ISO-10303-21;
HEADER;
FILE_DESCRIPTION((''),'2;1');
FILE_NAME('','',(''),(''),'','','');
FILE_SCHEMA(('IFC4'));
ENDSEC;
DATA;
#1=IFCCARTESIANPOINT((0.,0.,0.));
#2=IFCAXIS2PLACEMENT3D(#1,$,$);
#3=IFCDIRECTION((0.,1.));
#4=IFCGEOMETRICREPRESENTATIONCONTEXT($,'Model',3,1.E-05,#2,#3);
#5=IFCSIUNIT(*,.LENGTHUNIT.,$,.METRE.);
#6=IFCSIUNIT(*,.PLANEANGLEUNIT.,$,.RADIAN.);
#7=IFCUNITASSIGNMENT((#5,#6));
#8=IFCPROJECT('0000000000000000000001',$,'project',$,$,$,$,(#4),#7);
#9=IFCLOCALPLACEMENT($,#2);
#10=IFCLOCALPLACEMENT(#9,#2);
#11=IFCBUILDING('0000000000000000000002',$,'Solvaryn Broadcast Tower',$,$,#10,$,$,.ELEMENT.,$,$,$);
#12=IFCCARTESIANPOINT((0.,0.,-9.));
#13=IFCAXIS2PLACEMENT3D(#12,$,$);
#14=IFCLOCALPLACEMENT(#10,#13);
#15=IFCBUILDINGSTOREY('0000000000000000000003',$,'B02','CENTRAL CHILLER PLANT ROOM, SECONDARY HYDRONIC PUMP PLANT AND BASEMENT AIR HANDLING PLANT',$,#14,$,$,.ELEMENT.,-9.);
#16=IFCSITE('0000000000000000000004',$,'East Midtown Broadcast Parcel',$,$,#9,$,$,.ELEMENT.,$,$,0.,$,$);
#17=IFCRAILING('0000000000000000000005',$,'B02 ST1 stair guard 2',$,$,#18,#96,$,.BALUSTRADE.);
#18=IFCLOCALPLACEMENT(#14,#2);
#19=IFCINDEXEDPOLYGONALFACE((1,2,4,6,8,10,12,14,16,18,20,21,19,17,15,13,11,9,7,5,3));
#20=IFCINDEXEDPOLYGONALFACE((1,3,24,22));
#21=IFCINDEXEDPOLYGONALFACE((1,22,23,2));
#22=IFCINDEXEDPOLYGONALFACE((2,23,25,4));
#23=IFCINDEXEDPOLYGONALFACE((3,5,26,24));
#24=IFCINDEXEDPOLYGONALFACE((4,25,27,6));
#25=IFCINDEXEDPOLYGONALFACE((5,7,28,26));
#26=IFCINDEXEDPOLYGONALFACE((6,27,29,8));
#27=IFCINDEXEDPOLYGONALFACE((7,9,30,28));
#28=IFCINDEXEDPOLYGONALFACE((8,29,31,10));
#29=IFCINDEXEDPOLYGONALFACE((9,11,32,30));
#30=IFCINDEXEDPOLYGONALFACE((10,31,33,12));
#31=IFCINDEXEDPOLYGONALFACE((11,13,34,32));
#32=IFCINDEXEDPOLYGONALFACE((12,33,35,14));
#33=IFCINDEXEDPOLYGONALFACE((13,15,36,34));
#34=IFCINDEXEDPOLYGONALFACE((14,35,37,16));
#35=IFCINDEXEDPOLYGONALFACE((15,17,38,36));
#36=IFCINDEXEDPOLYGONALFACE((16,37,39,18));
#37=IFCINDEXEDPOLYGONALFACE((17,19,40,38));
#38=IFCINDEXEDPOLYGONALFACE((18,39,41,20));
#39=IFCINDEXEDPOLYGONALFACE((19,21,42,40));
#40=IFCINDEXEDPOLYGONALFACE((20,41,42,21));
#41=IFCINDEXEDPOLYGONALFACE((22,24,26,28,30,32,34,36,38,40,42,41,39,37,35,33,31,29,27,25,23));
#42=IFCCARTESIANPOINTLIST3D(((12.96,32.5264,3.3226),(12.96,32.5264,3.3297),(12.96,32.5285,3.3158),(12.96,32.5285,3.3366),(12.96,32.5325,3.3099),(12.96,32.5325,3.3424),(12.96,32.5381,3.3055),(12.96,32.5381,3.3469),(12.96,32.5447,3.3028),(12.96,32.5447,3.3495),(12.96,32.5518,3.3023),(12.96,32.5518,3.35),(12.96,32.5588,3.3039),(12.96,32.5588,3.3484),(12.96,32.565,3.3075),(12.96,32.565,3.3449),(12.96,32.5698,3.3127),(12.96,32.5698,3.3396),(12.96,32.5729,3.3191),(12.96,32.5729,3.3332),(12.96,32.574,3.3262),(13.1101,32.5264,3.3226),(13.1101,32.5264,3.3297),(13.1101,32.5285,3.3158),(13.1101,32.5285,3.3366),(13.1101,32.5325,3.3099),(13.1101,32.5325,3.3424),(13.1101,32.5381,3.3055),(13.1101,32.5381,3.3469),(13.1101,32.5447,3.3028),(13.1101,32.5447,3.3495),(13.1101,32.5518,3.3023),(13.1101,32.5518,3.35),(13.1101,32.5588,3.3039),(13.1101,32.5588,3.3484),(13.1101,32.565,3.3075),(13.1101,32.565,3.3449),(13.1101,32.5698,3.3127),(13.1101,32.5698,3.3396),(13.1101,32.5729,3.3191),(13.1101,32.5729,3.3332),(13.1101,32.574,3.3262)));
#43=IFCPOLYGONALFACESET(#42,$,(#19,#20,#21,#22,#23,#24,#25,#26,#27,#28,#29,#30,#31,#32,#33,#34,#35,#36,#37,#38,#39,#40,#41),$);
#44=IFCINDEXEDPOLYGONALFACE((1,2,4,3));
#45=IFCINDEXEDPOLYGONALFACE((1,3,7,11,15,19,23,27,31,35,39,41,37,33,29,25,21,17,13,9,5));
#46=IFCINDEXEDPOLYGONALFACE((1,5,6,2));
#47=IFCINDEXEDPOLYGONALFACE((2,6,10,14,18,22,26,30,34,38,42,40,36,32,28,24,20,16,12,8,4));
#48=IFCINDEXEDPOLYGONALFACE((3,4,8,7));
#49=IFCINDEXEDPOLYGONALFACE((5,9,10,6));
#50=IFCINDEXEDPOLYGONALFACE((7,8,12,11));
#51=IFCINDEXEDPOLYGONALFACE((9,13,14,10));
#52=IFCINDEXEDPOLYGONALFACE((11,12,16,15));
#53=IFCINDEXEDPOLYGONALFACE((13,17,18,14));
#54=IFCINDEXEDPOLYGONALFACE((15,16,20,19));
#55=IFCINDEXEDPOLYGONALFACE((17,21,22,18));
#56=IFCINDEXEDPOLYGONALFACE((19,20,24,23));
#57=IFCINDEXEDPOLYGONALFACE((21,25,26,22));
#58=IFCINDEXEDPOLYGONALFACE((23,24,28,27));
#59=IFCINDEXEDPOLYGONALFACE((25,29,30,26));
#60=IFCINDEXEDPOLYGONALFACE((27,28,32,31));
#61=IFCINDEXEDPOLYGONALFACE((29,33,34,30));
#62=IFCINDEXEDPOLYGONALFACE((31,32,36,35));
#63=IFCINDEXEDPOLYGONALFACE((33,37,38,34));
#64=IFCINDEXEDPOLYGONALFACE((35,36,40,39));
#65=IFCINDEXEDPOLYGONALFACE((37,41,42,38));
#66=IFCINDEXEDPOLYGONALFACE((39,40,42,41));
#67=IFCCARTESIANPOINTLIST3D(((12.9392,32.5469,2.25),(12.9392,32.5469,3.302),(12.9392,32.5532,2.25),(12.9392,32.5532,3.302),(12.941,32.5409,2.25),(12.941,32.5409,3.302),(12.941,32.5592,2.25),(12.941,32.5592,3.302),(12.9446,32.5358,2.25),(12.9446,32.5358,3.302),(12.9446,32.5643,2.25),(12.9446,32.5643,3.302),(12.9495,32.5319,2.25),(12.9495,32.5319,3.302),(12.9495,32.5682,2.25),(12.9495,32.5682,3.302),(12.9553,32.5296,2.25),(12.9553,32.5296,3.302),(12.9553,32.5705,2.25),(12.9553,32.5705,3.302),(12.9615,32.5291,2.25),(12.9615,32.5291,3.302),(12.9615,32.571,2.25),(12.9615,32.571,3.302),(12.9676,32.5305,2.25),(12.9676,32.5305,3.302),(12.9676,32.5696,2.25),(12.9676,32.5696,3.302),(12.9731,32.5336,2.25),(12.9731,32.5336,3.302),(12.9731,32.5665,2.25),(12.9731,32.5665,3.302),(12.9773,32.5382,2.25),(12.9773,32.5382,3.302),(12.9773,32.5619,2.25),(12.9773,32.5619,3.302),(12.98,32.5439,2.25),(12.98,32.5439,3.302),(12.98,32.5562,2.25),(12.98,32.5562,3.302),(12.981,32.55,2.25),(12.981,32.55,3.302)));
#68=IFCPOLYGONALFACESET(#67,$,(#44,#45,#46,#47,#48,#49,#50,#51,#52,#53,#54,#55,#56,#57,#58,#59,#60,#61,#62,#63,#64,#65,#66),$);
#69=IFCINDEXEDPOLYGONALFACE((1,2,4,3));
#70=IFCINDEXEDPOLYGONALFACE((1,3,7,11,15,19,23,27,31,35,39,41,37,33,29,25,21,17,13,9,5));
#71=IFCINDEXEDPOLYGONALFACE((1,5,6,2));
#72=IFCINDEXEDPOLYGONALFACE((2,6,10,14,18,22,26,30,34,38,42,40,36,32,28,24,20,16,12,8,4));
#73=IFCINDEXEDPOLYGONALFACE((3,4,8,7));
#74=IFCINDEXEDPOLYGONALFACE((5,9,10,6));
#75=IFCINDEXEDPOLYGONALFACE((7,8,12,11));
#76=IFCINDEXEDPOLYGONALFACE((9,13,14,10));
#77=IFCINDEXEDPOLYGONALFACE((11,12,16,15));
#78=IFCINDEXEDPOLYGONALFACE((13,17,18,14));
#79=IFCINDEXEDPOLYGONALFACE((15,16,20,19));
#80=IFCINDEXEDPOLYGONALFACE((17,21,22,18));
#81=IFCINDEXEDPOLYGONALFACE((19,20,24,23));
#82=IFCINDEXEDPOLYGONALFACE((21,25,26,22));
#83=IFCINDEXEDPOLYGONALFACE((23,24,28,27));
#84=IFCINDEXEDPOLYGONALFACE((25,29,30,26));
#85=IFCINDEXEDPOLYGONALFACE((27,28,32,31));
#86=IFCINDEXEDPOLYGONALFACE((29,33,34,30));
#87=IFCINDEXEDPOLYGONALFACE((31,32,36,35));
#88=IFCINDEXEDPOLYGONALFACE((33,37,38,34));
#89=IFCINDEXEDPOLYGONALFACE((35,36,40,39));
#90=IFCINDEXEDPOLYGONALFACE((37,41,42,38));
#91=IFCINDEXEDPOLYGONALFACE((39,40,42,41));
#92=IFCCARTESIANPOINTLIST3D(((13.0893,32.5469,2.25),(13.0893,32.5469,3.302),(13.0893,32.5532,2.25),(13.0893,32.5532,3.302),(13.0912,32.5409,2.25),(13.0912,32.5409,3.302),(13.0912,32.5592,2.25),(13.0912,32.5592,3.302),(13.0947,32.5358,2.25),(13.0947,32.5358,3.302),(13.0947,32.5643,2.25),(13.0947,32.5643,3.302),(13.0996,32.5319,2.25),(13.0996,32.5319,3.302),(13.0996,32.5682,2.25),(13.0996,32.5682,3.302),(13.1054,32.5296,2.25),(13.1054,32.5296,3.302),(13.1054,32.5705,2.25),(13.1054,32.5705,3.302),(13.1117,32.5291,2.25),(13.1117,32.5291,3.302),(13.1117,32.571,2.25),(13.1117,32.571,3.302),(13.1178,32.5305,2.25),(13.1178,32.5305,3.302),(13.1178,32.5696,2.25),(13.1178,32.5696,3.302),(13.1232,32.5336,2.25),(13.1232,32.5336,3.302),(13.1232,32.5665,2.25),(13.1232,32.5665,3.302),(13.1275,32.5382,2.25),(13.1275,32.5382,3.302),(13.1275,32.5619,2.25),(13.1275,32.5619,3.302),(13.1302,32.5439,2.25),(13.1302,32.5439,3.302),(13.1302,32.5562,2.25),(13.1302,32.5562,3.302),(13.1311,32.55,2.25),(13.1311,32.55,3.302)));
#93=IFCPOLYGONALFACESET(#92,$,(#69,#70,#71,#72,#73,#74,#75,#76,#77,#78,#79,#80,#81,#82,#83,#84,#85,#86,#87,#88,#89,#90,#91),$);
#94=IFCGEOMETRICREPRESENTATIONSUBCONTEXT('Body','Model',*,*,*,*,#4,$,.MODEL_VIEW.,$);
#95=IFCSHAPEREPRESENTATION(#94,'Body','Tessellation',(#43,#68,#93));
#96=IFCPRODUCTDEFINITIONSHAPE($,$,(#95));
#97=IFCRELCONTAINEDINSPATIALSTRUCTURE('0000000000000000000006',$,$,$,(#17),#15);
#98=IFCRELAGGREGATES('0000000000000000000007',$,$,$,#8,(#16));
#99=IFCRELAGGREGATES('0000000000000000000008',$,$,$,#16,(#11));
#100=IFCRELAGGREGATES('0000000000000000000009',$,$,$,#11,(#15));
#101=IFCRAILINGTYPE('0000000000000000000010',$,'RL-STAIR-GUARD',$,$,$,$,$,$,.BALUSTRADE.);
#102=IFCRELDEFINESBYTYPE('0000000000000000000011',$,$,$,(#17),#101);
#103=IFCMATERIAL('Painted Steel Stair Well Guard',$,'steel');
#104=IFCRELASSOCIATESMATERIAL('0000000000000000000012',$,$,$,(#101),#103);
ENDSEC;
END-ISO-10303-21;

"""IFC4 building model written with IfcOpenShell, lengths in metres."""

from ifc_helpers import new_model, si_unit, direction, frame, origin, origin_2d, place, context, subcontext, project, spatial, circle, extrude, material, type_object, element, save


model = new_model("IFC4")

# Units and contexts
model_context = context("Model", 3, precision=1e-05, world=origin(), true_north=direction((0.0, 1.0)))
body_context = subcontext(model_context, "Body", "Model", "MODEL_VIEW")
ifc_project = project(units=[si_unit("LENGTHUNIT", "METRE"), si_unit("PLANEANGLEUNIT", "RADIAN")], contexts=[model_context])

# Site, building, storey
site_placement = place(None, origin())
site = spatial("IfcSite", under=ifc_project, at=site_placement, Name="East Midtown Broadcast Parcel", CompositionType="ELEMENT", RefElevation=0.0)
building_placement = place(site_placement, origin())
building = spatial("IfcBuilding", under=site, at=building_placement, Name="Solvaryn Broadcast Tower", CompositionType="ELEMENT")
storey_placement = place(building_placement, frame((0.0, 0.0, -9.0)))
storey = spatial("IfcBuildingStorey", under=building, at=storey_placement, Name="B02", Description="CENTRAL CHILLER PLANT ROOM, SECONDARY HYDRONIC PUMP PLANT AND BASEMENT AIR HANDLING PLANT", CompositionType="ELEMENT", Elevation=-9.0)

# Railing
ifc_material_1 = material(Name="Painted Steel Stair Well Guard", Category="steel")
railing_type_1 = type_object("IfcRailingType", Name="RL-STAIR-GUARD", PredefinedType="BALUSTRADE", material=ifc_material_1)
railing_1_placement = place(storey_placement, frame((12.96, 32.55, 2.25)))
element("IfcRailing", 1, at=railing_1_placement, inside=storey, type_object=railing_type_1, Name="B02 ST1 stair guard 2", PredefinedType="BALUSTRADE", context=body_context, shape_type="SweptSolid", body=[
    extrude(circle(Radius=0.0239, at=origin_2d()), frame((0.0, 0.0, 1.0762), z_axis=(1.0, 0.0, 0.0), x_axis=(0.0, 1.0, 0.0)), (0.0, 0.0, 1.0), 0.1501),
    extrude(circle(Radius=0.021, at=origin_2d()), origin(), (0.0, 0.0, 1.0), 1.052),
    extrude(circle(Radius=0.021, at=origin_2d()), frame((0.1501, 0.0, 0.0)), (0.0, 0.0, 1.0), 1.052),
])

save(model, "model.ifc")
